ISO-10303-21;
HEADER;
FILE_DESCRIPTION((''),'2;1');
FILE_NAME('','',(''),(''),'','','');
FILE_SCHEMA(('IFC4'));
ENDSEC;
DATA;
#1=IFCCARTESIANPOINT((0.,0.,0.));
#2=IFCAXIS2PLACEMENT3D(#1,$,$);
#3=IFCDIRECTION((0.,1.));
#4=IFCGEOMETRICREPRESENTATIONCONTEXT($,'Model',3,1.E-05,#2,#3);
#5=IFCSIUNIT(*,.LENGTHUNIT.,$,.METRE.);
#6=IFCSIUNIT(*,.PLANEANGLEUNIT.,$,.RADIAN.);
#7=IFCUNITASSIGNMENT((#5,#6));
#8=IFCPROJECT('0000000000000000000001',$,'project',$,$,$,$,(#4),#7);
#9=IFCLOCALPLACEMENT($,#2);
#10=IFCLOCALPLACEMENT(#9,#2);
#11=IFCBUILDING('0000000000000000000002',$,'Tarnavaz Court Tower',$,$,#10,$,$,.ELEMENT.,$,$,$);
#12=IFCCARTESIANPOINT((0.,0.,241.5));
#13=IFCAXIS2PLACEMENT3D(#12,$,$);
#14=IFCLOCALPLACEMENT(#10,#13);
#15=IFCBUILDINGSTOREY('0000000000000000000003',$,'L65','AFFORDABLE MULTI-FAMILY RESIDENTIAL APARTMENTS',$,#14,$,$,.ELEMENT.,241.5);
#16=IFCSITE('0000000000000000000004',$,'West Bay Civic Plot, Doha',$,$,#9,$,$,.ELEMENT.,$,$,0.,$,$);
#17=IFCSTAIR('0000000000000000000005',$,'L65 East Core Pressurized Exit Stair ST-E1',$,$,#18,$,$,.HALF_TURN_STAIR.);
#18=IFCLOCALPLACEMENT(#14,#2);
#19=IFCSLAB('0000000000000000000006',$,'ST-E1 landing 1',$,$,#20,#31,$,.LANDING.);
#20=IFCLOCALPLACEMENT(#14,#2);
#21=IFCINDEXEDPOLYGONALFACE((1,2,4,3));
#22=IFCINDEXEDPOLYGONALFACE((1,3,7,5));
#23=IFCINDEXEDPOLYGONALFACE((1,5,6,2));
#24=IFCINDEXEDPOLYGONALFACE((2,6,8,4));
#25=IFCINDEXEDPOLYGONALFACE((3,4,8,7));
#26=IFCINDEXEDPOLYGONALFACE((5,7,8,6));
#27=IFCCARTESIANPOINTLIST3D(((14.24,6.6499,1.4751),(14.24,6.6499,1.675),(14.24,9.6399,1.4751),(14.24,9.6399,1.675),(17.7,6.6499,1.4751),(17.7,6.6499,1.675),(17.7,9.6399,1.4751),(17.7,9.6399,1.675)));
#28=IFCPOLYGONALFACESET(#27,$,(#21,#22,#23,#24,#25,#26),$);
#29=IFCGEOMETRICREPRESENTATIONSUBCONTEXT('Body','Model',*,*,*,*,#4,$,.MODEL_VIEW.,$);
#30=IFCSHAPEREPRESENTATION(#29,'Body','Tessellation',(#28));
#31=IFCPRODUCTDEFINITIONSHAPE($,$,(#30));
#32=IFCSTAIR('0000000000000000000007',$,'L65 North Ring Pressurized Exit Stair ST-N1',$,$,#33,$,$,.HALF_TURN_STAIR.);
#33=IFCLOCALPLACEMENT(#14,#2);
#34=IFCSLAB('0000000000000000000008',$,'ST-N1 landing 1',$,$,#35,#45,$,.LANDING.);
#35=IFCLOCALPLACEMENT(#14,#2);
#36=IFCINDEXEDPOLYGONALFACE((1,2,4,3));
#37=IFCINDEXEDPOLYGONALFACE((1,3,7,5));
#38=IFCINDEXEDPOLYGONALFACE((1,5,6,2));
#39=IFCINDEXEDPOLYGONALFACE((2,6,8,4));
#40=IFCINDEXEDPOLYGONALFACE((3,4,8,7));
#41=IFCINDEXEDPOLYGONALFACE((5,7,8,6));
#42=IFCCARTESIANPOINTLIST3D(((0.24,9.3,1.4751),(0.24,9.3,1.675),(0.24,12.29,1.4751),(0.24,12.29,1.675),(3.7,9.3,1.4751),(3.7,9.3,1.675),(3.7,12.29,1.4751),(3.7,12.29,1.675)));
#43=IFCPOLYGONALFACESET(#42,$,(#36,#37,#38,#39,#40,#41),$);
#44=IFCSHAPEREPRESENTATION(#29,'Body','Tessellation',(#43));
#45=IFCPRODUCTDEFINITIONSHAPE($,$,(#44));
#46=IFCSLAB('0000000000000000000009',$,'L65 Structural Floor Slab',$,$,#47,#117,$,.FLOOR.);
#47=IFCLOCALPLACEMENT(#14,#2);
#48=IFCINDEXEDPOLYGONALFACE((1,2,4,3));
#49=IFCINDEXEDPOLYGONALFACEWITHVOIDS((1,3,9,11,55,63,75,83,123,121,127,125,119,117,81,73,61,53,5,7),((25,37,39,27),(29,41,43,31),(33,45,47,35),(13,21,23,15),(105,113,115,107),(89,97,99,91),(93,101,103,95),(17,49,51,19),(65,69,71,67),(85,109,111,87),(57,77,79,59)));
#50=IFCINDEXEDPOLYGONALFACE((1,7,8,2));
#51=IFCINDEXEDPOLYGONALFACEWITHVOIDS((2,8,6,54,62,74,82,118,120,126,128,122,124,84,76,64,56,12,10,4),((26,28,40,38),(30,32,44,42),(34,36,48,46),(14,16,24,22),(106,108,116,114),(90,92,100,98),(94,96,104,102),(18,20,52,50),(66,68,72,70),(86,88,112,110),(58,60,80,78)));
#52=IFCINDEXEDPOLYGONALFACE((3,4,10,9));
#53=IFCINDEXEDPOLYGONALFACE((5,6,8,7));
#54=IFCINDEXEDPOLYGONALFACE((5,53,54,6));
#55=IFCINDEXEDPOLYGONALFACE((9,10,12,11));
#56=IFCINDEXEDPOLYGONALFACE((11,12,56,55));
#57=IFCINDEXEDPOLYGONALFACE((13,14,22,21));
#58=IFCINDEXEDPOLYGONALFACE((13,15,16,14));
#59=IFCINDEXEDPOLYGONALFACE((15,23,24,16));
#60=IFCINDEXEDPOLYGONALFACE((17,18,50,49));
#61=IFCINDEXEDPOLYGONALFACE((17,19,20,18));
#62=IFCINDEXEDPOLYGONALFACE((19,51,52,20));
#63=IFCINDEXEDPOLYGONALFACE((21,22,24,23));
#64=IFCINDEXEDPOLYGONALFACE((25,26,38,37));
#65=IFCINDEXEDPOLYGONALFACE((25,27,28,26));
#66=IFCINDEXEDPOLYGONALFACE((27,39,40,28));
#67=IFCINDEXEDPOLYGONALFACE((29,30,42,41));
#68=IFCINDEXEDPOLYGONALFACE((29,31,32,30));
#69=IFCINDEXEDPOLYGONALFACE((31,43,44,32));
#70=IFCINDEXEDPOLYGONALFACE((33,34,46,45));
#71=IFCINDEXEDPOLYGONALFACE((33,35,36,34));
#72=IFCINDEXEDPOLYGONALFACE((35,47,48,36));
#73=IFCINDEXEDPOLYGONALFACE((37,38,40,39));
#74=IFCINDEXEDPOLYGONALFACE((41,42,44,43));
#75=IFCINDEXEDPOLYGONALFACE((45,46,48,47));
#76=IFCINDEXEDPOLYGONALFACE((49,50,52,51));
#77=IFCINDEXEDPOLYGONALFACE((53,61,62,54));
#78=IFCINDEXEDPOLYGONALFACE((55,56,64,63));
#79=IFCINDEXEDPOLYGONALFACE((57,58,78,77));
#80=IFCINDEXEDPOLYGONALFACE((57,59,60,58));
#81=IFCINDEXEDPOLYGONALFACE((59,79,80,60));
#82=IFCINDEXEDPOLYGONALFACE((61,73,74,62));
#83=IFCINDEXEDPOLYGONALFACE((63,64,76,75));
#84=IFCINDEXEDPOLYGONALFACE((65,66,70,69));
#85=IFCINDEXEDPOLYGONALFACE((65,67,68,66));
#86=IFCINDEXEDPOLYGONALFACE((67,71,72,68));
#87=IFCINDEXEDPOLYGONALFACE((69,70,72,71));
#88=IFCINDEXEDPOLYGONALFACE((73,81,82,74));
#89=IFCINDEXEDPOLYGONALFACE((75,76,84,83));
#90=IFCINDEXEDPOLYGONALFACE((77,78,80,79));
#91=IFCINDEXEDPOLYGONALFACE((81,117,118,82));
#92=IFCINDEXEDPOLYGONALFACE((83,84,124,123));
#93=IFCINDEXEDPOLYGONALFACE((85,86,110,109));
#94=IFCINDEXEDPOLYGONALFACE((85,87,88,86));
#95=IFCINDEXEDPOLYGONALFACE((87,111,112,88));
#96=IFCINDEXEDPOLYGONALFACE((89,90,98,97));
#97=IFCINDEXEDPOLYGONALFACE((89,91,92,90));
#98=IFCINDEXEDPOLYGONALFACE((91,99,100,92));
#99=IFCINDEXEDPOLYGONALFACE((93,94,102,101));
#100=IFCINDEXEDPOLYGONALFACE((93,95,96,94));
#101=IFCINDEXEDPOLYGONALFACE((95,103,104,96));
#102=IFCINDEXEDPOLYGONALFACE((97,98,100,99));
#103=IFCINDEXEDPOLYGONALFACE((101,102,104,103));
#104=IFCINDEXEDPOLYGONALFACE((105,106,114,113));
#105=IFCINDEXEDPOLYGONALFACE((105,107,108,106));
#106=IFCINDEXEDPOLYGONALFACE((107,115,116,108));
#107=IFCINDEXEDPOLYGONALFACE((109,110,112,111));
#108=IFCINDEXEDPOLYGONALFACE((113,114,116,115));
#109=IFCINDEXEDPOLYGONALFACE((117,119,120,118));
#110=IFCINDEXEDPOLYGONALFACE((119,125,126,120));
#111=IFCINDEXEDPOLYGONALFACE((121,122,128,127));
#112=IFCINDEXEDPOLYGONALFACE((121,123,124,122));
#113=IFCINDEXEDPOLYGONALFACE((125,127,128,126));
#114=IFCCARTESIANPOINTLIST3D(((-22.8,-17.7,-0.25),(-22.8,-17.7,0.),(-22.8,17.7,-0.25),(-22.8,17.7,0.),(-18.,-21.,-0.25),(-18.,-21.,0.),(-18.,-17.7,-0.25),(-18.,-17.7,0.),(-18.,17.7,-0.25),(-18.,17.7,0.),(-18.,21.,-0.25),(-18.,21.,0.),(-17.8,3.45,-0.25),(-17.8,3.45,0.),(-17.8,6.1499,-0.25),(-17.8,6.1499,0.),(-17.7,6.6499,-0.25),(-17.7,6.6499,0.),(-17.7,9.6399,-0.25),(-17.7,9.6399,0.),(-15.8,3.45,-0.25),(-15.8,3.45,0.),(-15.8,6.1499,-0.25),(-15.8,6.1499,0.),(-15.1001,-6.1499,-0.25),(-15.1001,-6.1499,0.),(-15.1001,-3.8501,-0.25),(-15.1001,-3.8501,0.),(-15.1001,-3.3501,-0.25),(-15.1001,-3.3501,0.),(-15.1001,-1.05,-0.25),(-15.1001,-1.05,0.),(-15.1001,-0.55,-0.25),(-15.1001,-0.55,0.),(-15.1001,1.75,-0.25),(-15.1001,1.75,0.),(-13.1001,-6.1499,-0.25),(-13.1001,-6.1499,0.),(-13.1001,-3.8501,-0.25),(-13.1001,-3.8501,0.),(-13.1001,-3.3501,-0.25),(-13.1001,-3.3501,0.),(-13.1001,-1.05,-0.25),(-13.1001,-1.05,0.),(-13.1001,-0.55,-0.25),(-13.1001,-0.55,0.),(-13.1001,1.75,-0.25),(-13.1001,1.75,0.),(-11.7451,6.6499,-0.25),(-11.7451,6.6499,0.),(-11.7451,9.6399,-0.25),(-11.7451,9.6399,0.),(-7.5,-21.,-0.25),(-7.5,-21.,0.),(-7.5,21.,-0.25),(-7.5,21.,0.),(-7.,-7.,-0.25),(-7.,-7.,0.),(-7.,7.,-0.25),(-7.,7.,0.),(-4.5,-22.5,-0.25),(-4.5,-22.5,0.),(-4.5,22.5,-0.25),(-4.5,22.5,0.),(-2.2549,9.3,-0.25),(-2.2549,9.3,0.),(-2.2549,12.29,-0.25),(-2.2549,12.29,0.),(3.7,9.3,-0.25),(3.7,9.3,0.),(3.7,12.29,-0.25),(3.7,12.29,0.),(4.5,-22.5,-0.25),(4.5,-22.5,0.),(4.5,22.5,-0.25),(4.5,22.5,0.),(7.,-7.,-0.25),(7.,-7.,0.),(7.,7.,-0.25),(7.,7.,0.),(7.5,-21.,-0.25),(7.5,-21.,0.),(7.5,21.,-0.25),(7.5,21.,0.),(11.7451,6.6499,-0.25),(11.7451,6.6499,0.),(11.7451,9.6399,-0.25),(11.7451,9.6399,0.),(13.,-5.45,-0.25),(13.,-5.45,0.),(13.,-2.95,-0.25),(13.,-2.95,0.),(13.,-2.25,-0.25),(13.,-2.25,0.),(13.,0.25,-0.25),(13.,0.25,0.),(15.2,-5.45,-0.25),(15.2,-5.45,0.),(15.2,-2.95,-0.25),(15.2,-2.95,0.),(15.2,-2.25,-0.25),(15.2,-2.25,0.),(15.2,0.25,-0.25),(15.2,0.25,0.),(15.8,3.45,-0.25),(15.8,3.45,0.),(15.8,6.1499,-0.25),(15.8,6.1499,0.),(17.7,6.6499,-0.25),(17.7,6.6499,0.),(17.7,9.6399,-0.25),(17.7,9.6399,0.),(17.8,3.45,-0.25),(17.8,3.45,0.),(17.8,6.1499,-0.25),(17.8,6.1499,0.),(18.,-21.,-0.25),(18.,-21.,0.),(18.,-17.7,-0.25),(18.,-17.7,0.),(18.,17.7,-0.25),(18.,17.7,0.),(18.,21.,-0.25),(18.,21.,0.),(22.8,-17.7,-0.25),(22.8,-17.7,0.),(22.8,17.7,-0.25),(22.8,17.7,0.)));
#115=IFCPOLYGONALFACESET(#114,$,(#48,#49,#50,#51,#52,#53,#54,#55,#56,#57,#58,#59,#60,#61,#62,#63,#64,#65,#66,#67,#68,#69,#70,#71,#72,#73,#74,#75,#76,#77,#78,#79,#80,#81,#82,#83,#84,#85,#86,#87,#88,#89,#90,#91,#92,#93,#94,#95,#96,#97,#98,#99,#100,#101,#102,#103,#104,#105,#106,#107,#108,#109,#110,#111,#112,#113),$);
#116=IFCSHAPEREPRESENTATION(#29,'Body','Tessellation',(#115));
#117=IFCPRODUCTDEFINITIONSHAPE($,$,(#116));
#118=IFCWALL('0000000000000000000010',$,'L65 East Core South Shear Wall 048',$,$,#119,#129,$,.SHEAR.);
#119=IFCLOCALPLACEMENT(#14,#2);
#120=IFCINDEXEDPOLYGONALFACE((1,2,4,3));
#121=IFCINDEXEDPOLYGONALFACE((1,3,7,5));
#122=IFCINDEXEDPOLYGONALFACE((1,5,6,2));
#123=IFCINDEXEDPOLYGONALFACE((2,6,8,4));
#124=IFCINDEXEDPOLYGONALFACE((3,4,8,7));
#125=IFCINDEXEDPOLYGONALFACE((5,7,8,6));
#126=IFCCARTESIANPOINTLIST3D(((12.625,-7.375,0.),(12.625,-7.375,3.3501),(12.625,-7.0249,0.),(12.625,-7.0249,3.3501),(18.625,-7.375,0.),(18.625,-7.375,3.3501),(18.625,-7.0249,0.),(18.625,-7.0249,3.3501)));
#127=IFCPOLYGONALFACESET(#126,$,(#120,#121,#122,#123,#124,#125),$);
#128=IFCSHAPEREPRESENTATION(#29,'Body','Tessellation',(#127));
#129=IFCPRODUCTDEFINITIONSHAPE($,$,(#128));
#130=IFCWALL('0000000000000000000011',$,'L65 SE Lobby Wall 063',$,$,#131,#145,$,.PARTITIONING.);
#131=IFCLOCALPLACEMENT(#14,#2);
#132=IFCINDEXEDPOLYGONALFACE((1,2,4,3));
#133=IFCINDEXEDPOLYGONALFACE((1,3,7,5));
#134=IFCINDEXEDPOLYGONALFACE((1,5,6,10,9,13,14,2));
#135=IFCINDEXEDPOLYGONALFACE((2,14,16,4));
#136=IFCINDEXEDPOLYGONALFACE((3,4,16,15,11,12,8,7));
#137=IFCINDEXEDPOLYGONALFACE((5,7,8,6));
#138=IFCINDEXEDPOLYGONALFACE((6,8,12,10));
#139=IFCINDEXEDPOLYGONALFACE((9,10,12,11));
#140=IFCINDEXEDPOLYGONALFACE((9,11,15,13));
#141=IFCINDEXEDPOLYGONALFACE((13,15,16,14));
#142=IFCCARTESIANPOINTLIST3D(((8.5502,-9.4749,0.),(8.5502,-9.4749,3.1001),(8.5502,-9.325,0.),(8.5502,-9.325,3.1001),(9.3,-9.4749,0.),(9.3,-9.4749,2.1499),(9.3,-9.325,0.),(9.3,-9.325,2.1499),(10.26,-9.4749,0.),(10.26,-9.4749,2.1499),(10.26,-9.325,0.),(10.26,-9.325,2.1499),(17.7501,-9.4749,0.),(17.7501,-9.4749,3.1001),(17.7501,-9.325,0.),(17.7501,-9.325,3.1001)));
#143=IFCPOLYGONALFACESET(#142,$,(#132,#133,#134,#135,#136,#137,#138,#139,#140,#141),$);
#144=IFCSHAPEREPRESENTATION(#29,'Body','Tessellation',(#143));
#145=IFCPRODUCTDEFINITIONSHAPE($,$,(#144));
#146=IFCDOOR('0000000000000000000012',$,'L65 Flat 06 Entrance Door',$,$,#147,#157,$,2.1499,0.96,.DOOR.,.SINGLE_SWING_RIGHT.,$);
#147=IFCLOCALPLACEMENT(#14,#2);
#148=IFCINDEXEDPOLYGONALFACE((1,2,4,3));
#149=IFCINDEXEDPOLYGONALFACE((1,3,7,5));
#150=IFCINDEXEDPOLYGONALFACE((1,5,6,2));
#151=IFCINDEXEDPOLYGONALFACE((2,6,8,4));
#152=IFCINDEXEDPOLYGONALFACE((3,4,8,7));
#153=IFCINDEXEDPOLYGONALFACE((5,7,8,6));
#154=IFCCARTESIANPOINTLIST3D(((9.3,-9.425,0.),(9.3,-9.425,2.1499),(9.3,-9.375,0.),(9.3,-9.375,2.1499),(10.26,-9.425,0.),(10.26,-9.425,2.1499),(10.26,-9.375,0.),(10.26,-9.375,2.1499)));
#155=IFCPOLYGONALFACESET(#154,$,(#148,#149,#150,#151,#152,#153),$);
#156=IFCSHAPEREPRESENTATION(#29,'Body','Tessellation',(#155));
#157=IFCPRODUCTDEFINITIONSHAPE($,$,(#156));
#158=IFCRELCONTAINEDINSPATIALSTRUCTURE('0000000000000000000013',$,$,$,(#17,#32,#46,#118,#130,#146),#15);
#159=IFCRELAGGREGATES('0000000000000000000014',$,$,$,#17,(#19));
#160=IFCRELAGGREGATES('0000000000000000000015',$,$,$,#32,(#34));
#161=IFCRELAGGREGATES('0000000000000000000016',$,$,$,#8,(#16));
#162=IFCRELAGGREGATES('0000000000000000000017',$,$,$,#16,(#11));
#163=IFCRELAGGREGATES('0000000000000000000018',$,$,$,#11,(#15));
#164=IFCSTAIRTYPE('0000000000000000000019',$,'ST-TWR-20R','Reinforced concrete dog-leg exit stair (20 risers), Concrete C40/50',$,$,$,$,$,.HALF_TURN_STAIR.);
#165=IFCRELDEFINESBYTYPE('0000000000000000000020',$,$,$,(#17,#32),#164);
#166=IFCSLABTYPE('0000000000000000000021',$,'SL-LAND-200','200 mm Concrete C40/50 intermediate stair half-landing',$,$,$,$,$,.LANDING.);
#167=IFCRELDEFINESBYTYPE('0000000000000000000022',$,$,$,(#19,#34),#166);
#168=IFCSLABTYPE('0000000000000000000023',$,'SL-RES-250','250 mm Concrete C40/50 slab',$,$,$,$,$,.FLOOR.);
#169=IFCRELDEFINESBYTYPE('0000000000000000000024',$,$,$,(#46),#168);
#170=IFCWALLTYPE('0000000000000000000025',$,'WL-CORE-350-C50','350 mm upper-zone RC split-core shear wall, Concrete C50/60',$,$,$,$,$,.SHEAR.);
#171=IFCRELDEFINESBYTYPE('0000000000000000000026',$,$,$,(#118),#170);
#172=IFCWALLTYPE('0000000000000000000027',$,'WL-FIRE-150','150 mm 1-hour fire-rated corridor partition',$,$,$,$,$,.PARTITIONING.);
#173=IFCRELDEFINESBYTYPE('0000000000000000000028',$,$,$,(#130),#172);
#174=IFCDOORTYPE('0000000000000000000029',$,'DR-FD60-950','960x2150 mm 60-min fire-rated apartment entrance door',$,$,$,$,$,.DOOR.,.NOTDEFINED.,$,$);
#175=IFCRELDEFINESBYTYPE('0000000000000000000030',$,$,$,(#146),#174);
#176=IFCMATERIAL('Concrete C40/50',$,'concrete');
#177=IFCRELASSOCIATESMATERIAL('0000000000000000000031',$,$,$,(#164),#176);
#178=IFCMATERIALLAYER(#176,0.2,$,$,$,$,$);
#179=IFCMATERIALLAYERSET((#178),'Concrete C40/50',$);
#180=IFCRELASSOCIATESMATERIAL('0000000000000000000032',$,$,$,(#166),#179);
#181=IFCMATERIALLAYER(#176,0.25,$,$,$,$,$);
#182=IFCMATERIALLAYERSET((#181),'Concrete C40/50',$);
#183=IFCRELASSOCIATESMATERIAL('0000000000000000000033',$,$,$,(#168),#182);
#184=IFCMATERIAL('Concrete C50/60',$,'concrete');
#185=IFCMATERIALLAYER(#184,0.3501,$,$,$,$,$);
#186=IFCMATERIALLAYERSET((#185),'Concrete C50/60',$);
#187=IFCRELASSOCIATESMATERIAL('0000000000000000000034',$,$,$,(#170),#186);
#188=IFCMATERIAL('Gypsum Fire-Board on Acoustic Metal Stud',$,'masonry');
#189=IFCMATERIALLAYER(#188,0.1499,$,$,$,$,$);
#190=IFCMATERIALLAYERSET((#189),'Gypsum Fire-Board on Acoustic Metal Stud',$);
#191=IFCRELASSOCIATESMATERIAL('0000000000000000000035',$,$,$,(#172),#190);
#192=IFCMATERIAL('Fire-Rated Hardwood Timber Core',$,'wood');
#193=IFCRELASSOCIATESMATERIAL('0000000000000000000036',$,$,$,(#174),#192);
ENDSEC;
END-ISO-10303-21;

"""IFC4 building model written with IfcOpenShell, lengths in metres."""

from ifc_helpers import new_model, si_unit, direction, frame, frame_2d, origin, place, context, subcontext, project, spatial, polyline, rectangle, outline, extrude, material, layer, layer_set, type_object, element, fill, aggregate, save


model = new_model("IFC4")

# Units and contexts
model_context = context("Model", 3, precision=1e-05, world=origin(), true_north=direction((0.0, 1.0)))
body_context = subcontext(model_context, "Body", "Model", "MODEL_VIEW")
ifc_project = project(units=[si_unit("LENGTHUNIT", "METRE"), si_unit("PLANEANGLEUNIT", "RADIAN")], contexts=[model_context])

# Site, building, storey
site_placement = place(None, origin())
site = spatial("IfcSite", under=ifc_project, at=site_placement, Name="West Bay Civic Plot, Doha", CompositionType="ELEMENT", RefElevation=0.0)
building_placement = place(site_placement, origin())
building = spatial("IfcBuilding", under=site, at=building_placement, Name="Tarnavaz Court Tower", CompositionType="ELEMENT")
storey_placement = place(building_placement, frame((0.0, 0.0, 241.5)))
storey = spatial("IfcBuildingStorey", under=building, at=storey_placement, Name="L65", Description="AFFORDABLE MULTI-FAMILY RESIDENTIAL APARTMENTS", CompositionType="ELEMENT", Elevation=241.5)

# Shared definitions
ifc_material_1 = material(Name="Concrete C50/60", Category="concrete")

# Stairs, slabs
ifc_material_2 = material(Name="Concrete C40/50", Category="concrete")
stair_type = type_object("IfcStairType", Name="ST-TWR-20R", Description="Reinforced concrete dog-leg exit stair (20 risers), Concrete C40/50", PredefinedType="HALF_TURN_STAIR", material=ifc_material_2)
ifc_layer_1 = layer(ifc_material_2, 0.2)
ifc_layer_set_1 = layer_set([ifc_layer_1], Name="Concrete C40/50")
slab_type_1 = type_object("IfcSlabType", Name="SL-LAND-200", Description="200 mm Concrete C40/50 intermediate stair half-landing", PredefinedType="LANDING", material=ifc_layer_set_1)
stair_1_placement = place(storey_placement, origin())
stair_1 = element("IfcStair", 1, at=stair_1_placement, inside=storey, type_object=stair_type, Name="L65 East Core Pressurized Exit Stair ST-E1", PredefinedType="HALF_TURN_STAIR")
slab_1_placement = place(storey_placement, frame((0.0, 0.0, 1.4751)))
slab_1 = element("IfcSlab", 2, at=slab_1_placement, type_object=slab_type_1, Name="ST-E1 landing 1", PredefinedType="LANDING", context=body_context, shape_type="SweptSolid", body=[
    extrude(outline(polyline([(14.24, 6.6499), (17.7, 6.6499), (17.7, 9.6399), (14.24, 9.6399), (14.24, 6.6499)])), origin(), (0.0, 0.0, 1.0), 0.2),
])
aggregate(stair_1, [slab_1])
stair_2_placement = place(storey_placement, origin())
stair_2 = element("IfcStair", 3, at=stair_2_placement, inside=storey, type_object=stair_type, Name="L65 North Ring Pressurized Exit Stair ST-N1", PredefinedType="HALF_TURN_STAIR")
slab_2_placement = place(storey_placement, frame((0.0, 0.0, 1.4751)))
slab_2 = element("IfcSlab", 4, at=slab_2_placement, type_object=slab_type_1, Name="ST-N1 landing 1", PredefinedType="LANDING", context=body_context, shape_type="SweptSolid", body=[
    extrude(outline(polyline([(0.24, 9.3), (3.7, 9.3), (3.7, 12.29), (0.24, 12.29), (0.24, 9.3)])), origin(), (0.0, 0.0, 1.0), 0.2),
])
aggregate(stair_2, [slab_2])

# Slab
ifc_layer_2 = layer(ifc_material_2, 0.25)
ifc_layer_set_2 = layer_set([ifc_layer_2], Name="Concrete C40/50")
slab_type_2 = type_object("IfcSlabType", Name="SL-RES-250", Description="250 mm Concrete C40/50 slab", PredefinedType="FLOOR", material=ifc_layer_set_2)
slab_3_placement = place(storey_placement, frame((0.0, 0.0, -0.25)))
element("IfcSlab", 5, at=slab_3_placement, inside=storey, type_object=slab_type_2, Name="L65 Structural Floor Slab", PredefinedType="FLOOR", context=body_context, shape_type="SweptSolid", body=[
    extrude(outline(polyline([(-18.0, -21.0), (-7.5, -21.0), (-4.5, -22.5), (4.5, -22.5), (7.5, -21.0), (18.0, -21.0), (18.0, -17.7), (22.8, -17.7), (22.8, 17.7), (18.0, 17.7), (18.0, 21.0), (7.5, 21.0), (4.5, 22.5), (-4.5, 22.5), (-7.5, 21.0), (-18.0, 21.0), (-18.0, 17.7), (-22.8, 17.7), (-22.8, -17.7), (-18.0, -17.7), (-18.0, -21.0)]), holes=[polyline([(-7.0, -7.0), (7.0, -7.0), (7.0, 7.0), (-7.0, 7.0), (-7.0, -7.0)]), polyline([(-11.7451, 9.6399), (-17.7, 9.6399), (-17.7, 6.6499), (-11.7451, 6.6499), (-11.7451, 9.6399)]), polyline([(11.7451, 6.6499), (17.7, 6.6499), (17.7, 9.6399), (11.7451, 9.6399), (11.7451, 6.6499)]), polyline([(-2.2549, 9.3), (3.7, 9.3), (3.7, 12.29), (-2.2549, 12.29), (-2.2549, 9.3)]), polyline([(-17.8, 3.45), (-15.8, 3.45), (-15.8, 6.1499), (-17.8, 6.1499), (-17.8, 3.45)]), polyline([(-15.1001, -6.1499), (-13.1001, -6.1499), (-13.1001, -3.8501), (-15.1001, -3.8501), (-15.1001, -6.1499)]), polyline([(-15.1001, -3.3501), (-13.1001, -3.3501), (-13.1001, -1.05), (-15.1001, -1.05), (-15.1001, -3.3501)]), polyline([(-15.1001, -0.55), (-13.1001, -0.55), (-13.1001, 1.75), (-15.1001, 1.75), (-15.1001, -0.55)]), polyline([(15.8, 3.45), (17.8, 3.45), (17.8, 6.1499), (15.8, 6.1499), (15.8, 3.45)]), polyline([(13.0, -5.45), (15.2, -5.45), (15.2, -2.95), (13.0, -2.95), (13.0, -5.45)]), polyline([(13.0, -2.25), (15.2, -2.25), (15.2, 0.25), (13.0, 0.25), (13.0, -2.25)])]), origin(), (0.0, 0.0, 1.0), 0.25),
])

# Wall
ifc_layer_3 = layer(ifc_material_1, 0.3501)
ifc_layer_set_3 = layer_set([ifc_layer_3], Name="Concrete C50/60")
wall_type_1 = type_object("IfcWallType", Name="WL-CORE-350-C50", Description="350 mm upper-zone RC split-core shear wall, Concrete C50/60", PredefinedType="SHEAR", material=ifc_layer_set_3)
wall_1_placement = place(storey_placement, frame((12.625, -7.2, 0.0), z_axis=(0.0, 0.0, 1.0), x_axis=(1.0, 0.0, 0.0)))
element("IfcWall", 6, at=wall_1_placement, inside=storey, type_object=wall_type_1, Name="L65 East Core South Shear Wall 048", PredefinedType="SHEAR", context=body_context, shape_type="SweptSolid", body=[
    extrude(rectangle(XDim=6.0, YDim=0.3501, at=frame_2d((3.0, 0.0))), origin(), (0.0, 0.0, 1.0), 3.3501),
])

# Wall, opening, door
ifc_material_3 = material(Name="Gypsum Fire-Board on Acoustic Metal Stud", Category="masonry")
ifc_layer_4 = layer(ifc_material_3, 0.1499)
ifc_layer_set_4 = layer_set([ifc_layer_4], Name="Gypsum Fire-Board on Acoustic Metal Stud")
wall_type_2 = type_object("IfcWallType", Name="WL-FIRE-150", Description="150 mm 1-hour fire-rated corridor partition", PredefinedType="PARTITIONING", material=ifc_layer_set_4)
wall_2_placement = place(storey_placement, frame((8.55, -9.3999, 0.0), z_axis=(0.0, 0.0, 1.0), x_axis=(1.0, 0.0, 0.0)))
wall_2 = element("IfcWall", 7, at=wall_2_placement, inside=storey, type_object=wall_type_2, Name="L65 SE Lobby Wall 063", PredefinedType="PARTITIONING", context=body_context, shape_type="SweptSolid", body=[
    extrude(rectangle(XDim=9.2, YDim=0.1499, at=frame_2d((4.6001, 0.0))), origin(), (0.0, 0.0, 1.0), 3.1001),
])
opening_1_placement = place(wall_2_placement, frame((0.75, 0.0, 0.0)))
opening_1 = element("IfcOpeningElement", 8, at=opening_1_placement, cuts=wall_2, PredefinedType="OPENING", context=body_context, shape_type="SweptSolid", body=[
    extrude(rectangle(XDim=0.96, YDim=2.1499, at=frame_2d((0.48, 1.075))), frame((0.0, 0.085, 0.0), z_axis=(0.0, -1.0, 0.0), x_axis=(1.0, 0.0, 0.0)), (0.0, 0.0, 1.0), 0.1699),
])
ifc_material_4 = material(Name="Fire-Rated Hardwood Timber Core", Category="wood")
door_type_1 = type_object("IfcDoorType", Name="DR-FD60-950", Description="960x2150 mm 60-min fire-rated apartment entrance door", OperationType="NOTDEFINED", PredefinedType="DOOR", material=ifc_material_4)
door_1_placement = place(opening_1_placement, origin())
door_1 = element("IfcDoor", 9, at=door_1_placement, inside=storey, type_object=door_type_1, Name="L65 Flat 06 Entrance Door", OperationType="SINGLE_SWING_RIGHT", OverallHeight=2.1499, OverallWidth=0.96, PredefinedType="DOOR", context=body_context, shape_type="SweptSolid", body=[
    extrude(rectangle(XDim=0.96, YDim=2.1499, at=frame_2d((0.48, 1.075))), frame((0.0, 0.0249, 0.0), z_axis=(0.0, -1.0, 0.0), x_axis=(1.0, 0.0, 0.0)), (0.0, 0.0, 1.0), 0.05),
])
fill(opening_1, door_1)

save(model, "model.ifc")
